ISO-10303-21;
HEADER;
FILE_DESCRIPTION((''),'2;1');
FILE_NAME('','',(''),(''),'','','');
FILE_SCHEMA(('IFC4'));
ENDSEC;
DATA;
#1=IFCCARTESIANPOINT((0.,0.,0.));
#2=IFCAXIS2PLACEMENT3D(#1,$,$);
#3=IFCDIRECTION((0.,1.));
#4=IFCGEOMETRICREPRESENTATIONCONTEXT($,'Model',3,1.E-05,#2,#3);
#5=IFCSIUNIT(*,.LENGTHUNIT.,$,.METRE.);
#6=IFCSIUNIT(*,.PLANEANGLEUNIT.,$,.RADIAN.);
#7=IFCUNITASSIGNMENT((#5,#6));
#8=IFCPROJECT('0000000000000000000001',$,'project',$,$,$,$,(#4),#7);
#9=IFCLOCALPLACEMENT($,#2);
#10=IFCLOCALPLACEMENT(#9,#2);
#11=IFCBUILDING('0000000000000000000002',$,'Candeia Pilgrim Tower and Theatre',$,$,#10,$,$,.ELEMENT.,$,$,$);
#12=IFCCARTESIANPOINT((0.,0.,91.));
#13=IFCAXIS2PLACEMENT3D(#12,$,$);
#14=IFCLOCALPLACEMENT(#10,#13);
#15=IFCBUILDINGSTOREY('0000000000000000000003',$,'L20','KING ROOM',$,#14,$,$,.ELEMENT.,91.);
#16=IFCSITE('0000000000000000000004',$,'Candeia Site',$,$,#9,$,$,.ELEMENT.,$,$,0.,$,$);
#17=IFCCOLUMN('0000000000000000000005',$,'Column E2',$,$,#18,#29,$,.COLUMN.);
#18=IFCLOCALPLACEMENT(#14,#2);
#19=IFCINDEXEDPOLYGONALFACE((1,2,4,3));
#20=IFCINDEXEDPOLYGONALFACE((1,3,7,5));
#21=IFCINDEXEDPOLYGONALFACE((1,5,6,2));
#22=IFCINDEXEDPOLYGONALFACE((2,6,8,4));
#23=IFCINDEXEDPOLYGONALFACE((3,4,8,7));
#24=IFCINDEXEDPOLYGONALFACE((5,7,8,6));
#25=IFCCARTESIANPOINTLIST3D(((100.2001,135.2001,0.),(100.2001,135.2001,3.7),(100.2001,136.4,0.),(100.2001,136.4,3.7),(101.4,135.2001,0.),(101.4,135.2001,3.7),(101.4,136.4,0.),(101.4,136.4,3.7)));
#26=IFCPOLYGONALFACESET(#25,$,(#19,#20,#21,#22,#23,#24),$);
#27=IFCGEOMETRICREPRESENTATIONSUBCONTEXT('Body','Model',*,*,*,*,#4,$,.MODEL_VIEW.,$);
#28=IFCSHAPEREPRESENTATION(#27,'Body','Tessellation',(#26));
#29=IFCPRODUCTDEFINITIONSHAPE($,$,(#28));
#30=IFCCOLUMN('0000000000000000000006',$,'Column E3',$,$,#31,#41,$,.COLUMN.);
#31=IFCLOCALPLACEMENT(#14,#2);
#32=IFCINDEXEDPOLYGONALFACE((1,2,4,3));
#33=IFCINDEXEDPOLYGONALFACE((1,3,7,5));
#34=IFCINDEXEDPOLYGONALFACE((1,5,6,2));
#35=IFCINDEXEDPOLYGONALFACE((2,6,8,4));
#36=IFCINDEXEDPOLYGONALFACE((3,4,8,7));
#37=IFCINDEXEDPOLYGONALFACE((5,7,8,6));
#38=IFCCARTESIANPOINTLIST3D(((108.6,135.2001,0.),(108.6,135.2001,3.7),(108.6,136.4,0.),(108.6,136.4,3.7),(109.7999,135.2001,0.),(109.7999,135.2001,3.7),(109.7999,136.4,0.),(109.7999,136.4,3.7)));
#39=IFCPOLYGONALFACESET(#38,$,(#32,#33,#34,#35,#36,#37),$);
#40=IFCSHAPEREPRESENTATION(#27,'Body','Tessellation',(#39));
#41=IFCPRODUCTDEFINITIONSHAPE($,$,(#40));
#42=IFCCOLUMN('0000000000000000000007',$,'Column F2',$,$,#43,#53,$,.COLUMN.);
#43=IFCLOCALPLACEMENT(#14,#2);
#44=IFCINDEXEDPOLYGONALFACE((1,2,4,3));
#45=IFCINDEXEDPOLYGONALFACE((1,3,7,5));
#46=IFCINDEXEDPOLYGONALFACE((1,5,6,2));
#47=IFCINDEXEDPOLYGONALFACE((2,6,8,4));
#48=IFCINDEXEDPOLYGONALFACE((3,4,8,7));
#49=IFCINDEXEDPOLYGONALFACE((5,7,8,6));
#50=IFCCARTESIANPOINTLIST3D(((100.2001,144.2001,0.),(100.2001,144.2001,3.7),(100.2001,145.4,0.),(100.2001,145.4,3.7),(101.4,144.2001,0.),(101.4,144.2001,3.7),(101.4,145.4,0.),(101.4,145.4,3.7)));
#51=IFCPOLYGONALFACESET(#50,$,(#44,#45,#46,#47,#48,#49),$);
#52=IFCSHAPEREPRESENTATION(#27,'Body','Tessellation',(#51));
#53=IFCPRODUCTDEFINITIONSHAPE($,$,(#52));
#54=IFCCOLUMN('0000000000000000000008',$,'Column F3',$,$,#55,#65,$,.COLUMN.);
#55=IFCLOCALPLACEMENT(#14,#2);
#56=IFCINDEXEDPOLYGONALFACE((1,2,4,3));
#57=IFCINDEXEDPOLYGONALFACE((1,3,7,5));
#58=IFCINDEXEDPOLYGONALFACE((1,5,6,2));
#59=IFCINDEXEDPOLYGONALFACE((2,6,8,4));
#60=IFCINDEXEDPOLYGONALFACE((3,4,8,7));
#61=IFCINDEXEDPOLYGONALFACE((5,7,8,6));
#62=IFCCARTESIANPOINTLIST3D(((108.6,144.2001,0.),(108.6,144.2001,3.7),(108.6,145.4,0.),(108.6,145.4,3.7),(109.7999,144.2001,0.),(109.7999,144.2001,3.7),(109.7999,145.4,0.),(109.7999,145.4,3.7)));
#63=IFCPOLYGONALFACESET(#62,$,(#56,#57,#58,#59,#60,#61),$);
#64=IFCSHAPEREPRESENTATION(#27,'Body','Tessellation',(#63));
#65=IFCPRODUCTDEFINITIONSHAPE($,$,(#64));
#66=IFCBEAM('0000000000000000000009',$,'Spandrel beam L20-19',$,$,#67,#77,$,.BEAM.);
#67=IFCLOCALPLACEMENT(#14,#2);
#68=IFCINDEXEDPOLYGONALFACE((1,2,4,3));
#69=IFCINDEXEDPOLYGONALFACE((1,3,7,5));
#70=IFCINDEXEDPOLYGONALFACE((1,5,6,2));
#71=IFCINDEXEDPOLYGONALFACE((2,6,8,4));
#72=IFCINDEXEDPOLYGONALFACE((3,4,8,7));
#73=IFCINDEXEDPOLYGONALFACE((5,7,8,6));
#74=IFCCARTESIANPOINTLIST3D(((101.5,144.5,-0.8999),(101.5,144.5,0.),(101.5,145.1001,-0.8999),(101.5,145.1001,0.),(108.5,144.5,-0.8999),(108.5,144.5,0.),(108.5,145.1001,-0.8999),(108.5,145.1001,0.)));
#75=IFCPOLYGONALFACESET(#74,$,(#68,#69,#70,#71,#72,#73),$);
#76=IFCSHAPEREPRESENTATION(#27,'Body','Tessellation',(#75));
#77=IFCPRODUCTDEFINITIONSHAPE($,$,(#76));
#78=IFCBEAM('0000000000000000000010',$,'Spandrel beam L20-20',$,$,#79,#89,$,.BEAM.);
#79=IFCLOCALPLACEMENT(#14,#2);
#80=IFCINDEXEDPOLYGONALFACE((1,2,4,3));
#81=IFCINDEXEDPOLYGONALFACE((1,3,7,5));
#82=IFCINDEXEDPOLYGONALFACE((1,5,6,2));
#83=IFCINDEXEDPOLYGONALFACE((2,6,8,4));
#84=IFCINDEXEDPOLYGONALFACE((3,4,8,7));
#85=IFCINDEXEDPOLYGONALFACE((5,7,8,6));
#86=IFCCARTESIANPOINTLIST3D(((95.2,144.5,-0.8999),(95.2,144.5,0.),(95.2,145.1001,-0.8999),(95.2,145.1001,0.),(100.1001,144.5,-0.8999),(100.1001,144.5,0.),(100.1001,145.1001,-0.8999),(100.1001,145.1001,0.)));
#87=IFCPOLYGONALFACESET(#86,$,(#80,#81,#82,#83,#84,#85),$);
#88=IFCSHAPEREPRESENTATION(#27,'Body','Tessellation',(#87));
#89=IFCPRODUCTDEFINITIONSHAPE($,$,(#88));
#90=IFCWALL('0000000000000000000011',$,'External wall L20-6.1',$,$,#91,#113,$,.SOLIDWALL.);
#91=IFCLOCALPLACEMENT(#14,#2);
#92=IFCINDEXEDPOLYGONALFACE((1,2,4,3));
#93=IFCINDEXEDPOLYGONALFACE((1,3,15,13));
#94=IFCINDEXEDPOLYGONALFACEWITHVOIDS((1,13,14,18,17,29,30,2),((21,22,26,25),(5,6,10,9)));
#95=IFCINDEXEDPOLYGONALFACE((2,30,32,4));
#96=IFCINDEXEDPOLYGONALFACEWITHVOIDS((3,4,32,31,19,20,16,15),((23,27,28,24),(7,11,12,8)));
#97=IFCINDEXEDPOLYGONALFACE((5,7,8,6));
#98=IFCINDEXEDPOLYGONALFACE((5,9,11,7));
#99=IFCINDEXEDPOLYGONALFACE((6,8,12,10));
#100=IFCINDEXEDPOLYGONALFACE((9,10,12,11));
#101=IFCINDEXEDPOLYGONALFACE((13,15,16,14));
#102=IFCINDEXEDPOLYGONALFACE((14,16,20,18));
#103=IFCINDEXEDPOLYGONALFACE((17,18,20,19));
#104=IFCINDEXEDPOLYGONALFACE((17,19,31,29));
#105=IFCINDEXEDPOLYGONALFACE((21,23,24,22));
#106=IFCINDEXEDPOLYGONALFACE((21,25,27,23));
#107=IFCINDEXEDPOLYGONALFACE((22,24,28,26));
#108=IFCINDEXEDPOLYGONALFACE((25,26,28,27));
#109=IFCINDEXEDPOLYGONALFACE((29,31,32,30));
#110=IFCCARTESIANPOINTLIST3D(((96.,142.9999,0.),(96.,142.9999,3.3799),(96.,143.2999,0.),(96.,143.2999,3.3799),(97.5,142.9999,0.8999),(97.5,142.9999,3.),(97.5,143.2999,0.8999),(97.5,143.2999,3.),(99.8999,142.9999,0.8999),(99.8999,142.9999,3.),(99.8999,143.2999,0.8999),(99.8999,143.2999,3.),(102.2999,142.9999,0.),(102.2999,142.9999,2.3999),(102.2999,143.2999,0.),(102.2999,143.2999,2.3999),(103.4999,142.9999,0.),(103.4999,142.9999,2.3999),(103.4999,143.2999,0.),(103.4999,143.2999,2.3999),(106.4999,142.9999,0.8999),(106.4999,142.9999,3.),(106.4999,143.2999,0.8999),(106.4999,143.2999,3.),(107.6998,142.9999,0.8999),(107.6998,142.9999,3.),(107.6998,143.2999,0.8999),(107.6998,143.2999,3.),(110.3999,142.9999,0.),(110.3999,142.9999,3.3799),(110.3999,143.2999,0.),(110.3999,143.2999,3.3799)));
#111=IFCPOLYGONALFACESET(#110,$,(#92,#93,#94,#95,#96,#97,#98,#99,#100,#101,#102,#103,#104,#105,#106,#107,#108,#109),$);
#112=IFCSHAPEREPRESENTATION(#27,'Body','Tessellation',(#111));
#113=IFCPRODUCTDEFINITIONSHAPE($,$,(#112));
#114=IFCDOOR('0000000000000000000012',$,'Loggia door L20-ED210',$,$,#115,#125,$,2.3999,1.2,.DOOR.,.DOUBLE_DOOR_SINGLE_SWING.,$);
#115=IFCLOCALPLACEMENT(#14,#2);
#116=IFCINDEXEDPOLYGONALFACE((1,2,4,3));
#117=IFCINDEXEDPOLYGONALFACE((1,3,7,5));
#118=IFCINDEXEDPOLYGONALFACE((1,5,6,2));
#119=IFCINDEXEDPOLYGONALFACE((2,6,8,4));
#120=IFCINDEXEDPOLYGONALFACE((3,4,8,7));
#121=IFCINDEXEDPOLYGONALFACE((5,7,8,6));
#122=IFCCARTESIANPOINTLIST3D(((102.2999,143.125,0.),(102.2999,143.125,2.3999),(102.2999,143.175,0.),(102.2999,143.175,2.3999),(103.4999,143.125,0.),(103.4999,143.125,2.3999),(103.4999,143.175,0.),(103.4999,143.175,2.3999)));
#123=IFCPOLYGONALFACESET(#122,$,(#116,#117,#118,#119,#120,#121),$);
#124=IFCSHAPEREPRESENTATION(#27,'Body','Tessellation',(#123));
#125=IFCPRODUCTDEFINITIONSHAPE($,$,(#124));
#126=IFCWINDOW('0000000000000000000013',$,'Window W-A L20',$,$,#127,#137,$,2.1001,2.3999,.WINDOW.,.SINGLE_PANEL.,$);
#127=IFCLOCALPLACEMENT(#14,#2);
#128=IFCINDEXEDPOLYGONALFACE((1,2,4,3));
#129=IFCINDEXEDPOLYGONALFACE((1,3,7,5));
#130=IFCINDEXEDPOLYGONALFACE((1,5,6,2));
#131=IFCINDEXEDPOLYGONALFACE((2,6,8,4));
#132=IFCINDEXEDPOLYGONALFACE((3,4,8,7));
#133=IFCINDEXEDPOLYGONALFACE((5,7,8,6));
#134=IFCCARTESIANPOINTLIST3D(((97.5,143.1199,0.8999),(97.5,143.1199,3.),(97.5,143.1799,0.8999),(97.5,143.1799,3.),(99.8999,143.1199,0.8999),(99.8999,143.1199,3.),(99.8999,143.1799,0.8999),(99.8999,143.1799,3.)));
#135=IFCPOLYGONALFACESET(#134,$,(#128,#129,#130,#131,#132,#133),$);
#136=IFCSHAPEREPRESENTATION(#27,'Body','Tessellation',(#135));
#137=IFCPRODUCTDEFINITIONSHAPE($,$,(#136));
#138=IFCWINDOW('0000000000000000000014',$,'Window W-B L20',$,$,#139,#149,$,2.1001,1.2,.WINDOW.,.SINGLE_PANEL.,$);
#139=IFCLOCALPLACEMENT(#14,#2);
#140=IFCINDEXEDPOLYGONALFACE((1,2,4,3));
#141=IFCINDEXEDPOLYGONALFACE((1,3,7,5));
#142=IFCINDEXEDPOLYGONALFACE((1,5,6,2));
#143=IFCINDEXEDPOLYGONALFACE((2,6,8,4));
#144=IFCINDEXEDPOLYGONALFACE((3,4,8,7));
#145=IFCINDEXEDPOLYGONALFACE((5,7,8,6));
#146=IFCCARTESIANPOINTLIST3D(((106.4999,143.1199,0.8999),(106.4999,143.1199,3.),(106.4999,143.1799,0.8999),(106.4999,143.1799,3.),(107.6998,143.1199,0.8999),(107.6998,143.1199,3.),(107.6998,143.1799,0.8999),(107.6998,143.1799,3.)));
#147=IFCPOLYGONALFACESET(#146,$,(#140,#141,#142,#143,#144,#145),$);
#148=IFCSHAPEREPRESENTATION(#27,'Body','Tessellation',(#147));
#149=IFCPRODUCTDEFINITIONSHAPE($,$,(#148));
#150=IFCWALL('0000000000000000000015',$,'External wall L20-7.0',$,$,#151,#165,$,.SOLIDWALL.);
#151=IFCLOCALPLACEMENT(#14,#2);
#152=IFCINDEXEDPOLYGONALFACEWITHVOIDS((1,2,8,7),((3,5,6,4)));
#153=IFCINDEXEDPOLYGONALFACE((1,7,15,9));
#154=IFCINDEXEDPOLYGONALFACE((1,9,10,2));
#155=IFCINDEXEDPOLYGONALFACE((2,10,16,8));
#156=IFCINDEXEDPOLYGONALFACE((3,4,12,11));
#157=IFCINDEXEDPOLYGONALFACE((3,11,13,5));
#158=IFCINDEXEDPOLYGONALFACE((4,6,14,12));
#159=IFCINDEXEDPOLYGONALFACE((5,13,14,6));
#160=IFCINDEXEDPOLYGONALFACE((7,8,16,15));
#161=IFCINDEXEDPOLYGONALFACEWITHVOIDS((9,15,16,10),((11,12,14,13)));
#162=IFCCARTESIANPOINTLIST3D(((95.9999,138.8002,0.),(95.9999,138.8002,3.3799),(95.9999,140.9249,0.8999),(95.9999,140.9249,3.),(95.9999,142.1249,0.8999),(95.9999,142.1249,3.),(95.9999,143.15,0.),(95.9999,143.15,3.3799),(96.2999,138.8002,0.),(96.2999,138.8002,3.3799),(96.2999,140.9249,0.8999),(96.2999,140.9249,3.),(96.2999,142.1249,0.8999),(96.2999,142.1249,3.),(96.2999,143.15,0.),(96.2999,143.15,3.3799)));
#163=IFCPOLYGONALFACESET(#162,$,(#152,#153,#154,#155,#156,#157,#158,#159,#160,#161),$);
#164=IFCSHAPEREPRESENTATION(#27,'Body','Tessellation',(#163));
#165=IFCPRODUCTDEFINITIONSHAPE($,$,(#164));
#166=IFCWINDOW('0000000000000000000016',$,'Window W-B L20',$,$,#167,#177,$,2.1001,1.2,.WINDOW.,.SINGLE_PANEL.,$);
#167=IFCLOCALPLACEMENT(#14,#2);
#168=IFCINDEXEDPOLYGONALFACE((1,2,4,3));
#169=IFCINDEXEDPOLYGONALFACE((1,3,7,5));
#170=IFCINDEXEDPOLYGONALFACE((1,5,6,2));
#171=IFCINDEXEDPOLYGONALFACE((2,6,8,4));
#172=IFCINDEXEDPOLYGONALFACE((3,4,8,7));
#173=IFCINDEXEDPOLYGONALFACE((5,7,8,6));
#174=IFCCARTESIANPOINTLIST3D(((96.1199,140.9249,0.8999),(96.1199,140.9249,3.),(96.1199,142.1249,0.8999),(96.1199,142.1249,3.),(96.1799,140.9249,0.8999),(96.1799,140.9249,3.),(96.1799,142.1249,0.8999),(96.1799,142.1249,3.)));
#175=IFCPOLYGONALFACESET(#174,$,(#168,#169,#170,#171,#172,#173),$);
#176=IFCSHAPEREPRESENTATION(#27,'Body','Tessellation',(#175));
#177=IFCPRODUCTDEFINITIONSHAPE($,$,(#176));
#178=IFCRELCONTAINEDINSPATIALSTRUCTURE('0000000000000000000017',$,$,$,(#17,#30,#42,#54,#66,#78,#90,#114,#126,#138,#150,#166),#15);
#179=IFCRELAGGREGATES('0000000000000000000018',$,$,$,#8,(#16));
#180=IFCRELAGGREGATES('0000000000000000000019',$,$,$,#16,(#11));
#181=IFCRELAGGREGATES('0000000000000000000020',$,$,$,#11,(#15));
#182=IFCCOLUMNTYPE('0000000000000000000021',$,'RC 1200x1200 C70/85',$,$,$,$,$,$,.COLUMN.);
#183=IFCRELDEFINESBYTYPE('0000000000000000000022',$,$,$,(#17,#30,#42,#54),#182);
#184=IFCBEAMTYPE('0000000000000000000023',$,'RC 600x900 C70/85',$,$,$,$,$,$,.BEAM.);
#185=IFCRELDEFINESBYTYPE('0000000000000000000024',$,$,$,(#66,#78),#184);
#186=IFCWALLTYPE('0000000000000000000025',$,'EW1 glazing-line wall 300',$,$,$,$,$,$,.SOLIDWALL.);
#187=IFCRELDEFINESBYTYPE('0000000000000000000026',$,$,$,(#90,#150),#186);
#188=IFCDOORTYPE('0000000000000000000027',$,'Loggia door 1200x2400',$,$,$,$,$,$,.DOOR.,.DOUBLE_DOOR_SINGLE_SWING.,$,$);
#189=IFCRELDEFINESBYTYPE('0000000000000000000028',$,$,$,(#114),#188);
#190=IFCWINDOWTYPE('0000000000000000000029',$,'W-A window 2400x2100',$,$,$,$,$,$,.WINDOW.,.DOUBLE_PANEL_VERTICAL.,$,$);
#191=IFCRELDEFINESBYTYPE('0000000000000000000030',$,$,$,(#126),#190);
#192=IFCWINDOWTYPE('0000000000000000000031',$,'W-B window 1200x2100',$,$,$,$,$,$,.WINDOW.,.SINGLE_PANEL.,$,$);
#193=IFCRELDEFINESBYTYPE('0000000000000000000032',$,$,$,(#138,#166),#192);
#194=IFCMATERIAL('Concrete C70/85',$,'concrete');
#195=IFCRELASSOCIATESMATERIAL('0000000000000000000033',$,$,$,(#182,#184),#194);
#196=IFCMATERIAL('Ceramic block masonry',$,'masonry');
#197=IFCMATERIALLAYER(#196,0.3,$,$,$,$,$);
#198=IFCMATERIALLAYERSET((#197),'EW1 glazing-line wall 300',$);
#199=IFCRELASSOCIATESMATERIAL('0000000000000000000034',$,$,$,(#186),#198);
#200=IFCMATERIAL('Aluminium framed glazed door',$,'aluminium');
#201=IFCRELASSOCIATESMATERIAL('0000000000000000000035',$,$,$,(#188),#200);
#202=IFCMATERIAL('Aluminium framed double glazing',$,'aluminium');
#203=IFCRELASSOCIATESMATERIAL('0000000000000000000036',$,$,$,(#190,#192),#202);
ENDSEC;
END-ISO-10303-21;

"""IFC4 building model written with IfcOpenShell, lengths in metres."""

from ifc_helpers import new_model, si_unit, direction, frame, frame_2d, origin, origin_2d, place, context, subcontext, project, spatial, rectangle, extrude, material, layer, layer_set, material_profile, profile_set, type_object, element, fill, save


model = new_model("IFC4")

# Units and contexts
model_context = context("Model", 3, precision=1e-05, world=origin(), true_north=direction((0.0, 1.0)))
body_context = subcontext(model_context, "Body", "Model", "MODEL_VIEW")
ifc_project = project(units=[si_unit("LENGTHUNIT", "METRE"), si_unit("PLANEANGLEUNIT", "RADIAN")], contexts=[model_context])

# Site, building, storey
site_placement = place(None, origin())
site = spatial("IfcSite", under=ifc_project, at=site_placement, Name="Candeia Site", CompositionType="ELEMENT", RefElevation=0.0)
building_placement = place(site_placement, origin())
building = spatial("IfcBuilding", under=site, at=building_placement, Name="Candeia Pilgrim Tower and Theatre", CompositionType="ELEMENT")
storey_placement = place(building_placement, frame((0.0, 0.0, 91.0)))
storey = spatial("IfcBuildingStorey", under=building, at=storey_placement, Name="L20", Description="KING ROOM", CompositionType="ELEMENT", Elevation=91.0)

# Columns
ifc_material_1 = material(Name="Concrete C70/85", Category="concrete")
ifc_material_profile_1 = material_profile(ifc_material_1, rectangle(XDim=1.2, YDim=1.2, at=origin_2d()))
ifc_profile_set_1 = profile_set([ifc_material_profile_1], Name="Concrete C70/85")
column_type = type_object("IfcColumnType", Name="RC 1200x1200 C70/85", PredefinedType="COLUMN", material=ifc_profile_set_1)
for number, where, z_axis, x_axis, name in (
    (1, (100.8, 135.8, 0.0), (0.0, 0.0, 1.0), (1.0, 0.0, 0.0), "Column E2"),
    (2, (109.2, 135.8, 0.0), (0.0, 0.0, 1.0), (1.0, 0.0, 0.0), "Column E3"),
    (3, (100.8, 144.8, 0.0), (0.0, 0.0, 1.0), (1.0, 0.0, 0.0), "Column F2"),
    (4, (109.2, 144.8, 0.0), (0.0, 0.0, 1.0), (1.0, 0.0, 0.0), "Column F3"),
):
    element("IfcColumn", number, at=place(storey_placement, frame(where, z_axis=z_axis, x_axis=x_axis)), inside=storey, type_object=column_type, Name=name, PredefinedType="COLUMN", context=body_context, shape_type="SweptSolid", body=[
        extrude(rectangle(XDim=1.2, YDim=1.2, at=origin_2d()), origin(), (0.0, 0.0, 1.0), 3.7),
    ])

# Beams
ifc_material_profile_2 = material_profile(ifc_material_1, rectangle(XDim=0.6001, YDim=0.8999, at=origin_2d()))
ifc_profile_set_2 = profile_set([ifc_material_profile_2], Name="Concrete C70/85")
beam_type = type_object("IfcBeamType", Name="RC 600x900 C70/85", PredefinedType="BEAM", material=ifc_profile_set_2)
beam_1_placement = place(storey_placement, frame((108.5, 144.8, -0.45), z_axis=(-1.0, 0.0, 0.0), x_axis=(0.0, -1.0, 0.0)))
element("IfcBeam", 5, at=beam_1_placement, inside=storey, type_object=beam_type, Name="Spandrel beam L20-19", PredefinedType="BEAM", context=body_context, shape_type="SweptSolid", body=[
    extrude(rectangle(XDim=0.6001, YDim=0.8999, at=origin_2d()), origin(), (0.0, 0.0, 1.0), 7.0),
])
beam_2_placement = place(storey_placement, frame((100.1001, 144.8, -0.45), z_axis=(-1.0, 0.0, 0.0), x_axis=(0.0, -1.0, 0.0)))
element("IfcBeam", 6, at=beam_2_placement, inside=storey, type_object=beam_type, Name="Spandrel beam L20-20", PredefinedType="BEAM", context=body_context, shape_type="SweptSolid", body=[
    extrude(rectangle(XDim=0.6001, YDim=0.8999, at=origin_2d()), origin(), (0.0, 0.0, 1.0), 4.9001),
])

# Wall, openings, door, windows
ifc_material_2 = material(Name="Ceramic block masonry", Category="masonry")
ifc_layer_1 = layer(ifc_material_2, 0.3)
ifc_layer_set_1 = layer_set([ifc_layer_1], Name="EW1 glazing-line wall 300")
wall_type_1 = type_object("IfcWallType", Name="EW1 glazing-line wall 300", PredefinedType="SOLIDWALL", material=ifc_layer_set_1)
wall_1_placement = place(storey_placement, frame((110.3999, 143.1499, 0.0), z_axis=(0.0, 0.0, 1.0), x_axis=(-1.0, 0.0, 0.0)))
wall_1 = element("IfcWall", 7, at=wall_1_placement, inside=storey, type_object=wall_type_1, Name="External wall L20-6.1", PredefinedType="SOLIDWALL", context=body_context, shape_type="SweptSolid", body=[
    extrude(rectangle(XDim=14.3999, YDim=0.3, at=frame_2d((7.2, 0.0))), origin(), (0.0, 0.0, 1.0), 3.3799),
])
opening_1_placement = place(wall_1_placement, frame((2.7, 0.0, 0.8999)))
opening_1 = element("IfcOpeningElement", 8, at=opening_1_placement, cuts=wall_1, PredefinedType="OPENING", context=body_context, shape_type="SweptSolid", body=[
    extrude(rectangle(XDim=1.2, YDim=2.1001, at=frame_2d((0.6001, 1.05))), frame((0.0, 0.1602, 0.0), z_axis=(0.0, -1.0, 0.0), x_axis=(1.0, 0.0, 0.0)), (0.0, 0.0, 1.0), 0.3201),
])
opening_2_placement = place(wall_1_placement, frame((6.8999, 0.0, 0.0)))
opening_2 = element("IfcOpeningElement", 9, at=opening_2_placement, cuts=wall_1, PredefinedType="OPENING", context=body_context, shape_type="SweptSolid", body=[
    extrude(rectangle(XDim=1.2, YDim=2.3999, at=frame_2d((0.6001, 1.2))), frame((0.0, 0.1602, 0.0), z_axis=(0.0, -1.0, 0.0), x_axis=(1.0, 0.0, 0.0)), (0.0, 0.0, 1.0), 0.3201),
])
opening_3_placement = place(wall_1_placement, frame((10.5, 0.0, 0.8999)))
opening_3 = element("IfcOpeningElement", 10, at=opening_3_placement, cuts=wall_1, PredefinedType="OPENING", context=body_context, shape_type="SweptSolid", body=[
    extrude(rectangle(XDim=2.3999, YDim=2.1001, at=frame_2d((1.2, 1.05))), frame((0.0, 0.1602, 0.0), z_axis=(0.0, -1.0, 0.0), x_axis=(1.0, 0.0, 0.0)), (0.0, 0.0, 1.0), 0.3201),
])
ifc_material_3 = material(Name="Aluminium framed glazed door", Category="aluminium")
door_type_1 = type_object("IfcDoorType", Name="Loggia door 1200x2400", OperationType="DOUBLE_DOOR_SINGLE_SWING", PredefinedType="DOOR", material=ifc_material_3)
door_1_placement = place(opening_2_placement, origin())
door_1 = element("IfcDoor", 11, at=door_1_placement, inside=storey, type_object=door_type_1, Name="Loggia door L20-ED210", OperationType="DOUBLE_DOOR_SINGLE_SWING", OverallHeight=2.3999, OverallWidth=1.2, PredefinedType="DOOR", context=body_context, shape_type="SweptSolid", body=[
    extrude(rectangle(XDim=1.2, YDim=2.3999, at=frame_2d((0.6001, 1.2))), frame((0.0, 0.0249, 0.0), z_axis=(0.0, -1.0, 0.0), x_axis=(1.0, 0.0, 0.0)), (0.0, 0.0, 1.0), 0.05),
])
fill(opening_2, door_1)
ifc_material_4 = material(Name="Aluminium framed double glazing", Category="aluminium")
window_type_1 = type_object("IfcWindowType", Name="W-A window 2400x2100", PartitioningType="DOUBLE_PANEL_VERTICAL", PredefinedType="WINDOW", material=ifc_material_4)
window_1_placement = place(opening_3_placement, origin())
window_1 = element("IfcWindow", 12, at=window_1_placement, inside=storey, type_object=window_type_1, Name="Window W-A L20", OverallHeight=2.1001, OverallWidth=2.3999, PartitioningType="SINGLE_PANEL", PredefinedType="WINDOW", context=body_context, shape_type="SweptSolid", body=[
    extrude(rectangle(XDim=2.3999, YDim=2.1001, at=frame_2d((1.2, 1.05))), frame((0.0, 0.03, 0.0), z_axis=(0.0, -1.0, 0.0), x_axis=(1.0, 0.0, 0.0)), (0.0, 0.0, 1.0), 0.0601),
])
fill(opening_3, window_1)
window_type_2 = type_object("IfcWindowType", Name="W-B window 1200x2100", PartitioningType="SINGLE_PANEL", PredefinedType="WINDOW", material=ifc_material_4)
window_2_placement = place(opening_1_placement, origin())
window_2 = element("IfcWindow", 13, at=window_2_placement, inside=storey, type_object=window_type_2, Name="Window W-B L20", OverallHeight=2.1001, OverallWidth=1.2, PartitioningType="SINGLE_PANEL", PredefinedType="WINDOW", context=body_context, shape_type="SweptSolid", body=[
    extrude(rectangle(XDim=1.2, YDim=2.1001, at=frame_2d((0.6001, 1.05))), frame((0.0, 0.03, 0.0), z_axis=(0.0, -1.0, 0.0), x_axis=(1.0, 0.0, 0.0)), (0.0, 0.0, 1.0), 0.0601),
])
fill(opening_1, window_2)

# Wall, opening, window
wall_2_placement = place(storey_placement, frame((96.1499, 143.1499, 0.0), z_axis=(0.0, 0.0, 1.0), x_axis=(0.0, -1.0, 0.0)))
wall_2 = element("IfcWall", 14, at=wall_2_placement, inside=storey, type_object=wall_type_1, Name="External wall L20-7.0", PredefinedType="SOLIDWALL", context=body_context, shape_type="SweptSolid", body=[
    extrude(rectangle(XDim=4.3499, YDim=0.3, at=frame_2d((2.1748, 0.0))), origin(), (0.0, 0.0, 1.0), 3.3799),
])
opening_4_placement = place(wall_2_placement, frame((1.0249, 0.0, 0.8999)))
opening_4 = element("IfcOpeningElement", 15, at=opening_4_placement, cuts=wall_2, PredefinedType="OPENING", context=body_context, shape_type="SweptSolid", body=[
    extrude(rectangle(XDim=1.2, YDim=2.1001, at=frame_2d((0.6001, 1.05))), frame((0.0, 0.1602, 0.0), z_axis=(0.0, -1.0, 0.0), x_axis=(1.0, 0.0, 0.0)), (0.0, 0.0, 1.0), 0.3201),
])
window_3_placement = place(opening_4_placement, origin())
window_3 = element("IfcWindow", 16, at=window_3_placement, inside=storey, type_object=window_type_2, Name="Window W-B L20", OverallHeight=2.1001, OverallWidth=1.2, PartitioningType="SINGLE_PANEL", PredefinedType="WINDOW", context=body_context, shape_type="SweptSolid", body=[
    extrude(rectangle(XDim=1.2, YDim=2.1001, at=frame_2d((0.6001, 1.05))), frame((0.0, 0.03, 0.0), z_axis=(0.0, -1.0, 0.0), x_axis=(1.0, 0.0, 0.0)), (0.0, 0.0, 1.0), 0.0601),
])
fill(opening_4, window_3)

save(model, "model.ifc")
